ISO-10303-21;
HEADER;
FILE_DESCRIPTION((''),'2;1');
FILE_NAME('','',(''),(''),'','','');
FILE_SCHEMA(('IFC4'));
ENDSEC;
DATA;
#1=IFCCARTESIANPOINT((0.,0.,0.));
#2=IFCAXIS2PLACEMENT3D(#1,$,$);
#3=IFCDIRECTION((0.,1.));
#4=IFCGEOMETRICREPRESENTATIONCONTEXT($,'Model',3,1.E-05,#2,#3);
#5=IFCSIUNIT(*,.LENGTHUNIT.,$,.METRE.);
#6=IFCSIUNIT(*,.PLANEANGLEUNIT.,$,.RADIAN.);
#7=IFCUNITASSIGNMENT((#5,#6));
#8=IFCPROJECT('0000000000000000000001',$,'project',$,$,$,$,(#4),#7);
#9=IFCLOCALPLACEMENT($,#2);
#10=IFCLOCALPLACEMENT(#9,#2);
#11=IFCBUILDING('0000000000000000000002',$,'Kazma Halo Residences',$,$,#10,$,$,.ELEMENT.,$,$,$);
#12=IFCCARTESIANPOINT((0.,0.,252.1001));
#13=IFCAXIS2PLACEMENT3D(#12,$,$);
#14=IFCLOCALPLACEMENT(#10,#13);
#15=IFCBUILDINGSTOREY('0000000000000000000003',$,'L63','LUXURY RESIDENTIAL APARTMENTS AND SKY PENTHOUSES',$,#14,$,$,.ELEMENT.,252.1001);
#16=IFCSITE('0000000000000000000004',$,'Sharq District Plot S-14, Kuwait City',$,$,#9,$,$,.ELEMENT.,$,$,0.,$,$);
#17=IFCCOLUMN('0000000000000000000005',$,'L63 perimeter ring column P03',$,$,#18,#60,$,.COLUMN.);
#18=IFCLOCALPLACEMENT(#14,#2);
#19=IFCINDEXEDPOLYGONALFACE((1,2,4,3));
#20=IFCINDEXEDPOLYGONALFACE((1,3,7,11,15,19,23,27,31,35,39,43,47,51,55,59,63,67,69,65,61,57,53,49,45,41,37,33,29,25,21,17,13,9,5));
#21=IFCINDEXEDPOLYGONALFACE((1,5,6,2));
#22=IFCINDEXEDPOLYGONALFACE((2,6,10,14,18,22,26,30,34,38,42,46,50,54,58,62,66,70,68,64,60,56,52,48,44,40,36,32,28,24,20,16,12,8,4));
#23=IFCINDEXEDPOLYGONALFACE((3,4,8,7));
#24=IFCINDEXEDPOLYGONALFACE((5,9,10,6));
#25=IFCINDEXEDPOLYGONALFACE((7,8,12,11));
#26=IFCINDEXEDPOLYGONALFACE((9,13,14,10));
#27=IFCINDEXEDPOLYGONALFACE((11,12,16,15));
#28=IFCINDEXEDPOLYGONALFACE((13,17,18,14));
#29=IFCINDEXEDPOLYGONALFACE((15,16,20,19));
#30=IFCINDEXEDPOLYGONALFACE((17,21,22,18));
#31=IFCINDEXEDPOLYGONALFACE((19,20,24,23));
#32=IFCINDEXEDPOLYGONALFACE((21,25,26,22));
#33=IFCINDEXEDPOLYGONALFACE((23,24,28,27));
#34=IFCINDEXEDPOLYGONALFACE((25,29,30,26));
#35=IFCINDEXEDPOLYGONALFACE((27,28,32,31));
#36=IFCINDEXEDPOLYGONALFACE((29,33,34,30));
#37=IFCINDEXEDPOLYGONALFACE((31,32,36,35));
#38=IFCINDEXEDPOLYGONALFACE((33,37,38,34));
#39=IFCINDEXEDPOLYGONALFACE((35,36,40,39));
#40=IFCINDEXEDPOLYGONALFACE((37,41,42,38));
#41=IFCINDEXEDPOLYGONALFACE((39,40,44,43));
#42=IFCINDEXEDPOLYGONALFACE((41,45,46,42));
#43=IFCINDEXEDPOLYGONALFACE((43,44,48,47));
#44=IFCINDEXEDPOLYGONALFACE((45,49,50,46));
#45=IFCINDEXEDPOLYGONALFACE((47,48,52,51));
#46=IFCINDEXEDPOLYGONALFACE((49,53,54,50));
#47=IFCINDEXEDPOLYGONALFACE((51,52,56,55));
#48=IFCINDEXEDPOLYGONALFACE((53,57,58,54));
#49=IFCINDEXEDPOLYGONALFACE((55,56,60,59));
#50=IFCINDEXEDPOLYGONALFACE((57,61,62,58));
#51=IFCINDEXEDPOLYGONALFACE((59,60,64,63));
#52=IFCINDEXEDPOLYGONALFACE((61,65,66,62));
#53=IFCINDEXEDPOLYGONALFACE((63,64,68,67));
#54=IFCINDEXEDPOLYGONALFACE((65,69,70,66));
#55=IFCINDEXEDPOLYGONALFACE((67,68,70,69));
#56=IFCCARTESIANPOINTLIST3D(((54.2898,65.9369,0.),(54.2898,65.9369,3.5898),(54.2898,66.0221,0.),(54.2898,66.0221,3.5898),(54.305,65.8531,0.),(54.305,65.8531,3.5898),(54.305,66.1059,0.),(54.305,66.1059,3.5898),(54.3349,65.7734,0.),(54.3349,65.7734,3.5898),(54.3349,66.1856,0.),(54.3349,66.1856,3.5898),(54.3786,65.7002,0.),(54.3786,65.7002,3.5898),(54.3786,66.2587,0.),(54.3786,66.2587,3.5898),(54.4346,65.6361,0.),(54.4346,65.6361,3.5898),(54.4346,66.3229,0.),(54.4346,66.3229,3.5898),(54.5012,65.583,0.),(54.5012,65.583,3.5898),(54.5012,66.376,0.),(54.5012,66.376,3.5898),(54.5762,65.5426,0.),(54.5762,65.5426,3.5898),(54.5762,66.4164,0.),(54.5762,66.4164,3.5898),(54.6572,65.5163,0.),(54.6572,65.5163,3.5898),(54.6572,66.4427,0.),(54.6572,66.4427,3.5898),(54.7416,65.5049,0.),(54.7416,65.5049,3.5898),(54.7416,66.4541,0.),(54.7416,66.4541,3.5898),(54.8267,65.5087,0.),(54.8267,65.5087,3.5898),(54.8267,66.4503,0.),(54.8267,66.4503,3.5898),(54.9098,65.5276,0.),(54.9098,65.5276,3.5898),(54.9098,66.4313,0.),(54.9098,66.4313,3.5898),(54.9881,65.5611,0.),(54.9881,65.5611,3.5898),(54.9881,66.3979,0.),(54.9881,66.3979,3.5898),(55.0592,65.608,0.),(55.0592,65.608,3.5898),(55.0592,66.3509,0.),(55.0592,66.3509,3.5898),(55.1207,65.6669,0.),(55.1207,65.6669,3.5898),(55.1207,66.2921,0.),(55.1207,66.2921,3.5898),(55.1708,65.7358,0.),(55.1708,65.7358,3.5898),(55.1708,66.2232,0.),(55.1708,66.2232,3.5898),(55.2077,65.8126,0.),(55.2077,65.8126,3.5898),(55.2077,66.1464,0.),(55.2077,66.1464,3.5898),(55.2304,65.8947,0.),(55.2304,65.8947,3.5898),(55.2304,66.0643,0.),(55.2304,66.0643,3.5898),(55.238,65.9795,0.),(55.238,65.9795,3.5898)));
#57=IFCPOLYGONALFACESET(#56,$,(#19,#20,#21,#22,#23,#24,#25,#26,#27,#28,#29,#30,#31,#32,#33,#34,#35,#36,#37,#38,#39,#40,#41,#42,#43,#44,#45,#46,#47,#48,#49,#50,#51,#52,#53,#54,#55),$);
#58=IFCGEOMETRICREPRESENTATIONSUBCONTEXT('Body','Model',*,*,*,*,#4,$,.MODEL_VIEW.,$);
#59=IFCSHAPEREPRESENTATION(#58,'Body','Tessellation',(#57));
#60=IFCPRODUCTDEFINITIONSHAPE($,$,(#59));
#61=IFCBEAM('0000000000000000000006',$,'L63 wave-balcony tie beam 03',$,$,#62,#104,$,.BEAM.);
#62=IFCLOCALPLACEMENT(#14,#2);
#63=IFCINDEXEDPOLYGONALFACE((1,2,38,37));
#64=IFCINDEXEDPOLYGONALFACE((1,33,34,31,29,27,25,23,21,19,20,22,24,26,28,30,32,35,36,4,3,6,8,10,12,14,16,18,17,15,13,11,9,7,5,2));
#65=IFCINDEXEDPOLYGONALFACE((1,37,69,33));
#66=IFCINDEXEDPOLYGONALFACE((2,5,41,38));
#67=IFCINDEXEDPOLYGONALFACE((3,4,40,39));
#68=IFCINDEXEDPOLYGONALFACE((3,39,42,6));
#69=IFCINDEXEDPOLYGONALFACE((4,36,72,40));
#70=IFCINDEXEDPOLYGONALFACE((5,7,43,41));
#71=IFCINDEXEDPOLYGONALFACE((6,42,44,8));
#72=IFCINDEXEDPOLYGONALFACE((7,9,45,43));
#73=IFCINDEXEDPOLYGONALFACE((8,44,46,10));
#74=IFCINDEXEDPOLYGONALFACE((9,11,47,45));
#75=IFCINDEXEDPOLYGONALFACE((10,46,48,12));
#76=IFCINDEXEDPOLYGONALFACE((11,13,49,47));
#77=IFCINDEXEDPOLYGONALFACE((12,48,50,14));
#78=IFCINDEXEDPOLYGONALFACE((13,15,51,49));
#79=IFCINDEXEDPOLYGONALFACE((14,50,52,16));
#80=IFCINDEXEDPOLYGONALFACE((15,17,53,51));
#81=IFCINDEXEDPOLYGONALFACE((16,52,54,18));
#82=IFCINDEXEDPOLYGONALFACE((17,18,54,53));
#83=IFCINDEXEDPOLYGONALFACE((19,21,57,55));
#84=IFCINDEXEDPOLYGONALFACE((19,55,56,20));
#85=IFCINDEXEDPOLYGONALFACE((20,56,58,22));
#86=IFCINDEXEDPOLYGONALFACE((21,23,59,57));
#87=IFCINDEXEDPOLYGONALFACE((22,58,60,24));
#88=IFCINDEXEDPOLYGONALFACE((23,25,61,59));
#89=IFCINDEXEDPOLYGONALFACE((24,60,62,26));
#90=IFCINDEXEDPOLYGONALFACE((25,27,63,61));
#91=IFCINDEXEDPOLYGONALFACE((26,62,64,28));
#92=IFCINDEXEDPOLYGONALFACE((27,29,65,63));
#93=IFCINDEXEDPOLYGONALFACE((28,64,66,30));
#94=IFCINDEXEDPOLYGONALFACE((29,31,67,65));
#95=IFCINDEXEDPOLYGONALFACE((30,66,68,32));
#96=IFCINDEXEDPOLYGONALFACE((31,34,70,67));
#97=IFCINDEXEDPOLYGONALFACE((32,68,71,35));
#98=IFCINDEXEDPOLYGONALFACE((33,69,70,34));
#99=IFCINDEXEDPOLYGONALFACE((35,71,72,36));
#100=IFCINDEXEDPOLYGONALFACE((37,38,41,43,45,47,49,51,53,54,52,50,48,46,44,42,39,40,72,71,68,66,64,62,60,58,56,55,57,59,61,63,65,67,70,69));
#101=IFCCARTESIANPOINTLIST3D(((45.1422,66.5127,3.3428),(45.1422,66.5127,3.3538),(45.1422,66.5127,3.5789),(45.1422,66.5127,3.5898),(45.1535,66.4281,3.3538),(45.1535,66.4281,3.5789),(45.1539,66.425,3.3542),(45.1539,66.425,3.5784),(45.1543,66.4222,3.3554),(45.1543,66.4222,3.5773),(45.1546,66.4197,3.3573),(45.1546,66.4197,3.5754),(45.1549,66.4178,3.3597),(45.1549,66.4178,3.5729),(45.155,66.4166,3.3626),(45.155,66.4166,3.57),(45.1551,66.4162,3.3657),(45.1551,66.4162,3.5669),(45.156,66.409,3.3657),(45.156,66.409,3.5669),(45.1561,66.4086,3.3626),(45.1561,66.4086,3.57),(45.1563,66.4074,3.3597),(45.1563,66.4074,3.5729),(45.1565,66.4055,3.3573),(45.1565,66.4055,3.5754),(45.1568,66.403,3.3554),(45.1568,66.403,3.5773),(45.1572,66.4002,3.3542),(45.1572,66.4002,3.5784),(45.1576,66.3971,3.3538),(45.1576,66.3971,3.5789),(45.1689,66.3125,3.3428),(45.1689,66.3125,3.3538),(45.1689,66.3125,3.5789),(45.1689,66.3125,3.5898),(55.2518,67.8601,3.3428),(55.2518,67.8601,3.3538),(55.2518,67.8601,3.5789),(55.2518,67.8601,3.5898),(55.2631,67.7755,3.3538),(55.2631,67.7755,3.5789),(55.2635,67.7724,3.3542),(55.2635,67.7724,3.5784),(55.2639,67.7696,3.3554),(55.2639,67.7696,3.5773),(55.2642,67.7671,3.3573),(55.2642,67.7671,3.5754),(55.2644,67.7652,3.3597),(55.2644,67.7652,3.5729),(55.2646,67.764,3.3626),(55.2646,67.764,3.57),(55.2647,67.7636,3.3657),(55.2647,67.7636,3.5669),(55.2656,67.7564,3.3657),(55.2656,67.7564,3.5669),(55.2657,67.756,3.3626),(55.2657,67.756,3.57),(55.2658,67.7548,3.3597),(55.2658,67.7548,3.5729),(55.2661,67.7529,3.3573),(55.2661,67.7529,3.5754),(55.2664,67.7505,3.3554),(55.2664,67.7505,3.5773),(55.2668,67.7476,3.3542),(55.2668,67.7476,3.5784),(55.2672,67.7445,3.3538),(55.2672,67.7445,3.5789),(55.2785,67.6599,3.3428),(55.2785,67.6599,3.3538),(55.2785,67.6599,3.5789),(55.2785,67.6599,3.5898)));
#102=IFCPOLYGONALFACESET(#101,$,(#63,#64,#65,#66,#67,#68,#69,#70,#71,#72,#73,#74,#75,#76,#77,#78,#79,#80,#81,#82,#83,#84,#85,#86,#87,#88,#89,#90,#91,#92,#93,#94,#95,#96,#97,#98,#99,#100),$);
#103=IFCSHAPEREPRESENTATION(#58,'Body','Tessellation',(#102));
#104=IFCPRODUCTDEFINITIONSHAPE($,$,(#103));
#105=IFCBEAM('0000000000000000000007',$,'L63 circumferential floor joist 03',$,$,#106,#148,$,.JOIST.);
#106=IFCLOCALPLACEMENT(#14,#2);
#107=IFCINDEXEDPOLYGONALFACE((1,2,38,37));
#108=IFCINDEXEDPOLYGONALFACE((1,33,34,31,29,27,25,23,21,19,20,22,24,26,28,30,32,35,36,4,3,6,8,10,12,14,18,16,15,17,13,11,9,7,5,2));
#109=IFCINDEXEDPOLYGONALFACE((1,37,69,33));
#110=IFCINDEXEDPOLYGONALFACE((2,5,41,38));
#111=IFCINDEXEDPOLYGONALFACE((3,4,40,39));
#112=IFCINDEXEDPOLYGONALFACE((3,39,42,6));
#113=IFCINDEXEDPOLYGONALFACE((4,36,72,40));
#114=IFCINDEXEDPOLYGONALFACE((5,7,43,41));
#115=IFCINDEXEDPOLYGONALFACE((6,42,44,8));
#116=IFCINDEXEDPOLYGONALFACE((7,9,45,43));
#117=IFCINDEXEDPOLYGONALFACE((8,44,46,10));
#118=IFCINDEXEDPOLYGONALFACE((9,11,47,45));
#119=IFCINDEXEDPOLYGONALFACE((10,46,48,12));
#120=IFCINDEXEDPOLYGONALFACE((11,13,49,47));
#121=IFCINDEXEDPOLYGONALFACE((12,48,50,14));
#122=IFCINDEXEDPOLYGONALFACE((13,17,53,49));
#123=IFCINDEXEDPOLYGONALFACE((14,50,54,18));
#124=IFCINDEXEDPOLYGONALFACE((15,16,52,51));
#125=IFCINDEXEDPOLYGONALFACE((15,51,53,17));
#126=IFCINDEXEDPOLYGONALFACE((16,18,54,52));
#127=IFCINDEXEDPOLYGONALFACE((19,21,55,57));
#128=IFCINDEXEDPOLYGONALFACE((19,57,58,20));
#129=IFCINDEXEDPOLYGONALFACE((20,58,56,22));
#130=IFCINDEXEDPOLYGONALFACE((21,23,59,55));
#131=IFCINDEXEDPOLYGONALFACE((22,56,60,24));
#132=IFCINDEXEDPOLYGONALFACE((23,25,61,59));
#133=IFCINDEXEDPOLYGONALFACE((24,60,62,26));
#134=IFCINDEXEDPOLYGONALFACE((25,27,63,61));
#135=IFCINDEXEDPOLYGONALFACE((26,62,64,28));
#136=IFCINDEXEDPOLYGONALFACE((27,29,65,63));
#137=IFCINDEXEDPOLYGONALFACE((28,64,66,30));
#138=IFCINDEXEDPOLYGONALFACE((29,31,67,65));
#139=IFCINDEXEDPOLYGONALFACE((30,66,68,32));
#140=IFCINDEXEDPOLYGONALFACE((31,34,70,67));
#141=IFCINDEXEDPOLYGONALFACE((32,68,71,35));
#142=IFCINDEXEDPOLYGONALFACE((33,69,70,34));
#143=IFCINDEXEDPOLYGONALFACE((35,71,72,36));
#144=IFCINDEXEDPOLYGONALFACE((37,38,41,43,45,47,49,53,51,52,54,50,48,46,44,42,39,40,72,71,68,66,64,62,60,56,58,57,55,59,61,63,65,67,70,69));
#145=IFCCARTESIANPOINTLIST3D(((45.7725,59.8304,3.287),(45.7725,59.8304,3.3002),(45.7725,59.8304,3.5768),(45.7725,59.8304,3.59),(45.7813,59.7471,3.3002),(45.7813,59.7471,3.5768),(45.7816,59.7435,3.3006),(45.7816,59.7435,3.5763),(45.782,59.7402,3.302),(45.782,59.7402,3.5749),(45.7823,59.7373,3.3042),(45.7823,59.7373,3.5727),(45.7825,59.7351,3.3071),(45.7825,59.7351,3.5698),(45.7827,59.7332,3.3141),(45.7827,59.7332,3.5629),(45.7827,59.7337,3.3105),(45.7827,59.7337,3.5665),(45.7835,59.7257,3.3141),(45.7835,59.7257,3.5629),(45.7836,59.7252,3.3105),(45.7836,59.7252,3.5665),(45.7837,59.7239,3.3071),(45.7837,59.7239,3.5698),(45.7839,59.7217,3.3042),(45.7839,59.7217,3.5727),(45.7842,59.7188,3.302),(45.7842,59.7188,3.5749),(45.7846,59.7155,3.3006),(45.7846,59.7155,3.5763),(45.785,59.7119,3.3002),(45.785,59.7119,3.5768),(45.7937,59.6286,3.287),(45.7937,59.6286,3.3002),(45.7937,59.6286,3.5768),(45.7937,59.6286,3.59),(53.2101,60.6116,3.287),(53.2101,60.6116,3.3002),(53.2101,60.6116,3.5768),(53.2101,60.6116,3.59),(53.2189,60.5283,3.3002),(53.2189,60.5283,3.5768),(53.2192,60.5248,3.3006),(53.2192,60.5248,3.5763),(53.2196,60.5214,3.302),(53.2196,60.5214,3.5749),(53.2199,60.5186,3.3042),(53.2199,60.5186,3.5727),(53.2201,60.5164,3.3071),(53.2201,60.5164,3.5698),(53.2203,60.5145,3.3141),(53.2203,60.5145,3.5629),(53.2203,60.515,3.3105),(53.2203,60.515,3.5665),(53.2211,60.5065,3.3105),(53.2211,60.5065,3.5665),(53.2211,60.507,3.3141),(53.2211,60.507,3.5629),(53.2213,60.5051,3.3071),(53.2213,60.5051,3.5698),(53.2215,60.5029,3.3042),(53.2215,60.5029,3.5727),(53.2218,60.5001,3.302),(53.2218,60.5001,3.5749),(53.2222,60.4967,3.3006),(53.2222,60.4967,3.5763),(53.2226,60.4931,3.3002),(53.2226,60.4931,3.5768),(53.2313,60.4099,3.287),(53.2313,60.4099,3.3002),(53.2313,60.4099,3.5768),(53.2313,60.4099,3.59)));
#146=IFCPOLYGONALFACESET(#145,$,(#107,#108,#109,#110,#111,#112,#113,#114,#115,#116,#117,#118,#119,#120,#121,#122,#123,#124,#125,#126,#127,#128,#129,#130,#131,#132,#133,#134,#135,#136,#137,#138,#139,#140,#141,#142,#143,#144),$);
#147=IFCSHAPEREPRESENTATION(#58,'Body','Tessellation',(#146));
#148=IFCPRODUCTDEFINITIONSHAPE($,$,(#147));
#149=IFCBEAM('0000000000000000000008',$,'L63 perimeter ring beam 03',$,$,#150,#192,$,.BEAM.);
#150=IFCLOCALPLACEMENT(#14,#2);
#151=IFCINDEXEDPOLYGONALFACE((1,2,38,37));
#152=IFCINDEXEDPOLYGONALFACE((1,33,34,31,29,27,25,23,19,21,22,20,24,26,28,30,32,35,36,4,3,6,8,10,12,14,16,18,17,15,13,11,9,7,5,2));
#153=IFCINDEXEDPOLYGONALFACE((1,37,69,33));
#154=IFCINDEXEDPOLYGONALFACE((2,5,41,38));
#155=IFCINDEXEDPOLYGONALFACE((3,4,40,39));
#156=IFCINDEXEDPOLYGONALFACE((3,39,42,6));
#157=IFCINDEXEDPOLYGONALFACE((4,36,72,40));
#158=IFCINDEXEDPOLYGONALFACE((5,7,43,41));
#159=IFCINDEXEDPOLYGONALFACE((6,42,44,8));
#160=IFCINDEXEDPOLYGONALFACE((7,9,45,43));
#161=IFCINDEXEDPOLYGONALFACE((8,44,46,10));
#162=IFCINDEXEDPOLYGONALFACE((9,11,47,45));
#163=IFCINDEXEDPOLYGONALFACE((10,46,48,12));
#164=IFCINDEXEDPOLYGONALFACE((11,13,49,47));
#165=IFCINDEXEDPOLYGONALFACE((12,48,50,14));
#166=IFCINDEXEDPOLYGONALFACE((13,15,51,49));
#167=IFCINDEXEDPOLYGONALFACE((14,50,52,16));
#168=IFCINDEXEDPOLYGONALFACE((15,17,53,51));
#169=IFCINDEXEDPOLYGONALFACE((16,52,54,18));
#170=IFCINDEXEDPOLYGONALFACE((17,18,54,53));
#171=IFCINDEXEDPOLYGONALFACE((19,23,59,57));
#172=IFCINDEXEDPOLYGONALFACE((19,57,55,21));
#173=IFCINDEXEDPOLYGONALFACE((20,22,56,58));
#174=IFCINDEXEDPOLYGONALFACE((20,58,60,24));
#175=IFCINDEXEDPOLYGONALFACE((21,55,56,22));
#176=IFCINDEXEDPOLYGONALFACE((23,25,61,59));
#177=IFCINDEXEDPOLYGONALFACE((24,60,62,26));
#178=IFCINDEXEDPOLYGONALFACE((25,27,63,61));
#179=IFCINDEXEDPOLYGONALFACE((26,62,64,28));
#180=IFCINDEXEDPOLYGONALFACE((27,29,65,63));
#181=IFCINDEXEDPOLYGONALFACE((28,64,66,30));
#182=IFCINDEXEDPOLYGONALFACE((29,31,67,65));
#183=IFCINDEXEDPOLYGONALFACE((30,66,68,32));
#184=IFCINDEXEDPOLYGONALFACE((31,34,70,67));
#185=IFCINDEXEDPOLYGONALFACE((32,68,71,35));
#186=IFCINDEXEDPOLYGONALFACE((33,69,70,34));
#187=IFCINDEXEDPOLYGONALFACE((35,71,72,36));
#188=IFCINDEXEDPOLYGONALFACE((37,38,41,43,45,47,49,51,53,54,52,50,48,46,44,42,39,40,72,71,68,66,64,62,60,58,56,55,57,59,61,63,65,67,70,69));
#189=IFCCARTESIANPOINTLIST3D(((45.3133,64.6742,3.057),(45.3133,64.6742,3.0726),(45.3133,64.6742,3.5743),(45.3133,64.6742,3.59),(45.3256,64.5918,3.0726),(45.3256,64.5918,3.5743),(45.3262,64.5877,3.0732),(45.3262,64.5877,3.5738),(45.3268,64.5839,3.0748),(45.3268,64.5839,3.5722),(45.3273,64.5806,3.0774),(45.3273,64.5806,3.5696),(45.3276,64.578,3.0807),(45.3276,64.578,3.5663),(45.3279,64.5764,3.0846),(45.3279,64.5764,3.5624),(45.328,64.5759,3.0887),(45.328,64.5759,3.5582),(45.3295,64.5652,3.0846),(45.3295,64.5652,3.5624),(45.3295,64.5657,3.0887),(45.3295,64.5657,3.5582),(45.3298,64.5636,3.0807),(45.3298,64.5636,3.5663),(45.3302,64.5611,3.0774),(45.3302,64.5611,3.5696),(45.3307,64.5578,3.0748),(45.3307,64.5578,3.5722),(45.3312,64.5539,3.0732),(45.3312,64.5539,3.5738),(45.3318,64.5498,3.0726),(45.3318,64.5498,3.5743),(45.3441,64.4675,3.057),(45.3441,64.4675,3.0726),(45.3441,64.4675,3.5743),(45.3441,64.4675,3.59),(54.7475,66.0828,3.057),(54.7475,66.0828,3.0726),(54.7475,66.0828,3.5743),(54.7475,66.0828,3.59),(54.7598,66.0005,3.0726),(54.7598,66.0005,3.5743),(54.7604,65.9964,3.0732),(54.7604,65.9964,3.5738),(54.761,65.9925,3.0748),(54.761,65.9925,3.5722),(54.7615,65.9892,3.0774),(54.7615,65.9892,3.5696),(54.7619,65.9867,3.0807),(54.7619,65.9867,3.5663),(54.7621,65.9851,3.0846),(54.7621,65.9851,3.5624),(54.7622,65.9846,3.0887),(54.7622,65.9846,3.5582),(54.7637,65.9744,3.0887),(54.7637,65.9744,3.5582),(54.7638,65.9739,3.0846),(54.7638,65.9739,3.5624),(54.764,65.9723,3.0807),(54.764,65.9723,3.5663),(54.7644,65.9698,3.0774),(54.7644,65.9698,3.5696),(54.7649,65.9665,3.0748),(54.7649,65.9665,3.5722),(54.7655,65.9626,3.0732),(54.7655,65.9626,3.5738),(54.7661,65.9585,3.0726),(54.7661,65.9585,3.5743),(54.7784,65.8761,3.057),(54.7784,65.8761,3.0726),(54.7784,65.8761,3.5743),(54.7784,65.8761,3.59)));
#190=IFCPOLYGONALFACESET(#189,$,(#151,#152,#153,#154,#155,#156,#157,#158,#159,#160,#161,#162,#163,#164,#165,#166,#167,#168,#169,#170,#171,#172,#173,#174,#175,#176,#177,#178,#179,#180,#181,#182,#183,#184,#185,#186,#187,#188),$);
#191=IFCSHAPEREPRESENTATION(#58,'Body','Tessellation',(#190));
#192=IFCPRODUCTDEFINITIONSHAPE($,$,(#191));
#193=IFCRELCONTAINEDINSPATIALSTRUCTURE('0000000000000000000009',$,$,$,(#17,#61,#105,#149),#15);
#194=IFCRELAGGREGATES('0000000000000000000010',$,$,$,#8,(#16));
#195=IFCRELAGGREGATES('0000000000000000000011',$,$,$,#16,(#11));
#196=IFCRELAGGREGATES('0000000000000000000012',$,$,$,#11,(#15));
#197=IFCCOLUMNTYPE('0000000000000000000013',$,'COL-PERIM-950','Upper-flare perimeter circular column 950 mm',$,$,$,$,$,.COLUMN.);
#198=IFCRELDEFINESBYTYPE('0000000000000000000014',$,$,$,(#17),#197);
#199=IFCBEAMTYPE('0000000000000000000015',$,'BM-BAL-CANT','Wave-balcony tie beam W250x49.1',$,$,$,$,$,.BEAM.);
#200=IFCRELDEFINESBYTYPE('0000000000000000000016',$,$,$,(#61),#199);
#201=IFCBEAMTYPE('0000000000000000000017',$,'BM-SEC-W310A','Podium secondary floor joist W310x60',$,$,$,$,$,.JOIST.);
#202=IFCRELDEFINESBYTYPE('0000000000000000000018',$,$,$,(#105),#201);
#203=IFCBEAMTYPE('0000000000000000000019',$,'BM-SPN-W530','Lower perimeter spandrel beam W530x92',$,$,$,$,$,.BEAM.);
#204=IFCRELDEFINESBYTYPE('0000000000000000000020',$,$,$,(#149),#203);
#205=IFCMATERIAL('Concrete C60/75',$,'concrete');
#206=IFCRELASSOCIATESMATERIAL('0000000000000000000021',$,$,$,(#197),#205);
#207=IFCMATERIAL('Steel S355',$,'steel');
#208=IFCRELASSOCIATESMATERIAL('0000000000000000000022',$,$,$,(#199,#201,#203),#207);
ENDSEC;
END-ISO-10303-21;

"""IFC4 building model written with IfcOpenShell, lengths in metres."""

from ifc_helpers import new_model, si_unit, direction, frame, origin, origin_2d, place, context, subcontext, project, spatial, circle, i_section, extrude, material, material_profile, profile_set, type_object, element, save


model = new_model("IFC4")

# Units and contexts
model_context = context("Model", 3, precision=1e-05, world=origin(), true_north=direction((0.0, 1.0)))
body_context = subcontext(model_context, "Body", "Model", "MODEL_VIEW")
ifc_project = project(units=[si_unit("LENGTHUNIT", "METRE"), si_unit("PLANEANGLEUNIT", "RADIAN")], contexts=[model_context])

# Site, building, storey
site_placement = place(None, origin())
site = spatial("IfcSite", under=ifc_project, at=site_placement, Name="Sharq District Plot S-14, Kuwait City", CompositionType="ELEMENT", RefElevation=0.0)
building_placement = place(site_placement, origin())
building = spatial("IfcBuilding", under=site, at=building_placement, Name="Kazma Halo Residences", CompositionType="ELEMENT")
storey_placement = place(building_placement, frame((0.0, 0.0, 252.1001)))
storey = spatial("IfcBuildingStorey", under=building, at=storey_placement, Name="L63", Description="LUXURY RESIDENTIAL APARTMENTS AND SKY PENTHOUSES", CompositionType="ELEMENT", Elevation=252.1001)

# Column
ifc_material_1 = material(Name="Concrete C60/75", Category="concrete")
ifc_material_profile_1 = material_profile(ifc_material_1, circle(Radius=0.4751, at=origin_2d()), Name="CIRC950")
ifc_profile_set_1 = profile_set([ifc_material_profile_1], Name="Concrete C60/75")
column_type = type_object("IfcColumnType", Name="COL-PERIM-950", Description="Upper-flare perimeter circular column 950 mm", PredefinedType="COLUMN", material=ifc_profile_set_1)
column_placement = place(storey_placement, frame((54.7629, 65.9795, 0.0), z_axis=(0.0, 0.0, 1.0), x_axis=(1.0, 0.0, 0.0)))
element("IfcColumn", 1, at=column_placement, inside=storey, type_object=column_type, Name="L63 perimeter ring column P03", PredefinedType="COLUMN", context=body_context, shape_type="SweptSolid", body=[
    extrude(circle(Radius=0.4751, at=origin_2d()), origin(), (0.0, 0.0, 1.0), 3.5898),
])

# Beams
ifc_material_2 = material(Name="Steel S355", Category="steel")
ifc_material_profile_2 = material_profile(ifc_material_2, i_section(OverallWidth=0.2019, OverallDepth=0.2471, WebThickness=0.0073, FlangeThickness=0.011, FilletRadius=0.012, at=origin_2d()), Name="W250x49.1")
ifc_profile_set_2 = profile_set([ifc_material_profile_2], Name="Steel S355")
beam_type_1 = type_object("IfcBeamType", Name="BM-BAL-CANT", Description="Wave-balcony tie beam W250x49.1", PredefinedType="BEAM", material=ifc_profile_set_2)
beam_1_placement = place(storey_placement, frame((55.2651, 67.76, 3.4663), z_axis=(-0.991235, -0.132112, 0.0), x_axis=(0.132112, -0.991235, 0.0)))
element("IfcBeam", 2, at=beam_1_placement, inside=storey, type_object=beam_type_1, Name="L63 wave-balcony tie beam 03", PredefinedType="BEAM", context=body_context, shape_type="SweptSolid", body=[
    extrude(i_section(OverallWidth=0.2019, OverallDepth=0.2471, WebThickness=0.0073, FlangeThickness=0.011, FilletRadius=0.012, at=origin_2d()), origin(), (0.0, 0.0, 1.0), 10.199),
])
ifc_material_profile_3 = material_profile(ifc_material_2, i_section(OverallWidth=0.2029, OverallDepth=0.303, WebThickness=0.0076, FlangeThickness=0.0132, FilletRadius=0.0139, at=origin_2d()), Name="W310x60")
ifc_profile_set_3 = profile_set([ifc_material_profile_3], Name="Steel S355")
beam_type_2 = type_object("IfcBeamType", Name="BM-SEC-W310A", Description="Podium secondary floor joist W310x60", PredefinedType="JOIST", material=ifc_profile_set_3)
beam_2_placement = place(storey_placement, frame((53.2207, 60.5107, 3.4385), z_axis=(-0.994528, -0.104467, 0.0), x_axis=(0.104467, -0.994528, 0.0)))
element("IfcBeam", 3, at=beam_2_placement, inside=storey, type_object=beam_type_2, Name="L63 circumferential floor joist 03", PredefinedType="JOIST", context=body_context, shape_type="SweptSolid", body=[
    extrude(i_section(OverallWidth=0.2029, OverallDepth=0.303, WebThickness=0.0076, FlangeThickness=0.0132, FilletRadius=0.0139, at=origin_2d()), origin(), (0.0, 0.0, 1.0), 7.4785),
])
ifc_material_profile_4 = material_profile(ifc_material_2, i_section(OverallWidth=0.209, OverallDepth=0.533, WebThickness=0.0103, FlangeThickness=0.0156, FilletRadius=0.0161, at=origin_2d()), Name="W530x92")
ifc_profile_set_4 = profile_set([ifc_material_profile_4], Name="Steel S355")
beam_type_3 = type_object("IfcBeamType", Name="BM-SPN-W530", Description="Lower perimeter spandrel beam W530x92", PredefinedType="BEAM", material=ifc_profile_set_4)
beam_3_placement = place(storey_placement, frame((54.7629, 65.9795, 3.3235), z_axis=(-0.989035, -0.147678, 0.0), x_axis=(0.147678, -0.989035, 0.0)))
element("IfcBeam", 4, at=beam_3_placement, inside=storey, type_object=beam_type_3, Name="L63 perimeter ring beam 03", PredefinedType="BEAM", context=body_context, shape_type="SweptSolid", body=[
    extrude(i_section(OverallWidth=0.209, OverallDepth=0.533, WebThickness=0.0103, FlangeThickness=0.0156, FilletRadius=0.0161, at=origin_2d()), origin(), (0.0, 0.0, 1.0), 9.5388),
])

save(model, "model.ifc")
